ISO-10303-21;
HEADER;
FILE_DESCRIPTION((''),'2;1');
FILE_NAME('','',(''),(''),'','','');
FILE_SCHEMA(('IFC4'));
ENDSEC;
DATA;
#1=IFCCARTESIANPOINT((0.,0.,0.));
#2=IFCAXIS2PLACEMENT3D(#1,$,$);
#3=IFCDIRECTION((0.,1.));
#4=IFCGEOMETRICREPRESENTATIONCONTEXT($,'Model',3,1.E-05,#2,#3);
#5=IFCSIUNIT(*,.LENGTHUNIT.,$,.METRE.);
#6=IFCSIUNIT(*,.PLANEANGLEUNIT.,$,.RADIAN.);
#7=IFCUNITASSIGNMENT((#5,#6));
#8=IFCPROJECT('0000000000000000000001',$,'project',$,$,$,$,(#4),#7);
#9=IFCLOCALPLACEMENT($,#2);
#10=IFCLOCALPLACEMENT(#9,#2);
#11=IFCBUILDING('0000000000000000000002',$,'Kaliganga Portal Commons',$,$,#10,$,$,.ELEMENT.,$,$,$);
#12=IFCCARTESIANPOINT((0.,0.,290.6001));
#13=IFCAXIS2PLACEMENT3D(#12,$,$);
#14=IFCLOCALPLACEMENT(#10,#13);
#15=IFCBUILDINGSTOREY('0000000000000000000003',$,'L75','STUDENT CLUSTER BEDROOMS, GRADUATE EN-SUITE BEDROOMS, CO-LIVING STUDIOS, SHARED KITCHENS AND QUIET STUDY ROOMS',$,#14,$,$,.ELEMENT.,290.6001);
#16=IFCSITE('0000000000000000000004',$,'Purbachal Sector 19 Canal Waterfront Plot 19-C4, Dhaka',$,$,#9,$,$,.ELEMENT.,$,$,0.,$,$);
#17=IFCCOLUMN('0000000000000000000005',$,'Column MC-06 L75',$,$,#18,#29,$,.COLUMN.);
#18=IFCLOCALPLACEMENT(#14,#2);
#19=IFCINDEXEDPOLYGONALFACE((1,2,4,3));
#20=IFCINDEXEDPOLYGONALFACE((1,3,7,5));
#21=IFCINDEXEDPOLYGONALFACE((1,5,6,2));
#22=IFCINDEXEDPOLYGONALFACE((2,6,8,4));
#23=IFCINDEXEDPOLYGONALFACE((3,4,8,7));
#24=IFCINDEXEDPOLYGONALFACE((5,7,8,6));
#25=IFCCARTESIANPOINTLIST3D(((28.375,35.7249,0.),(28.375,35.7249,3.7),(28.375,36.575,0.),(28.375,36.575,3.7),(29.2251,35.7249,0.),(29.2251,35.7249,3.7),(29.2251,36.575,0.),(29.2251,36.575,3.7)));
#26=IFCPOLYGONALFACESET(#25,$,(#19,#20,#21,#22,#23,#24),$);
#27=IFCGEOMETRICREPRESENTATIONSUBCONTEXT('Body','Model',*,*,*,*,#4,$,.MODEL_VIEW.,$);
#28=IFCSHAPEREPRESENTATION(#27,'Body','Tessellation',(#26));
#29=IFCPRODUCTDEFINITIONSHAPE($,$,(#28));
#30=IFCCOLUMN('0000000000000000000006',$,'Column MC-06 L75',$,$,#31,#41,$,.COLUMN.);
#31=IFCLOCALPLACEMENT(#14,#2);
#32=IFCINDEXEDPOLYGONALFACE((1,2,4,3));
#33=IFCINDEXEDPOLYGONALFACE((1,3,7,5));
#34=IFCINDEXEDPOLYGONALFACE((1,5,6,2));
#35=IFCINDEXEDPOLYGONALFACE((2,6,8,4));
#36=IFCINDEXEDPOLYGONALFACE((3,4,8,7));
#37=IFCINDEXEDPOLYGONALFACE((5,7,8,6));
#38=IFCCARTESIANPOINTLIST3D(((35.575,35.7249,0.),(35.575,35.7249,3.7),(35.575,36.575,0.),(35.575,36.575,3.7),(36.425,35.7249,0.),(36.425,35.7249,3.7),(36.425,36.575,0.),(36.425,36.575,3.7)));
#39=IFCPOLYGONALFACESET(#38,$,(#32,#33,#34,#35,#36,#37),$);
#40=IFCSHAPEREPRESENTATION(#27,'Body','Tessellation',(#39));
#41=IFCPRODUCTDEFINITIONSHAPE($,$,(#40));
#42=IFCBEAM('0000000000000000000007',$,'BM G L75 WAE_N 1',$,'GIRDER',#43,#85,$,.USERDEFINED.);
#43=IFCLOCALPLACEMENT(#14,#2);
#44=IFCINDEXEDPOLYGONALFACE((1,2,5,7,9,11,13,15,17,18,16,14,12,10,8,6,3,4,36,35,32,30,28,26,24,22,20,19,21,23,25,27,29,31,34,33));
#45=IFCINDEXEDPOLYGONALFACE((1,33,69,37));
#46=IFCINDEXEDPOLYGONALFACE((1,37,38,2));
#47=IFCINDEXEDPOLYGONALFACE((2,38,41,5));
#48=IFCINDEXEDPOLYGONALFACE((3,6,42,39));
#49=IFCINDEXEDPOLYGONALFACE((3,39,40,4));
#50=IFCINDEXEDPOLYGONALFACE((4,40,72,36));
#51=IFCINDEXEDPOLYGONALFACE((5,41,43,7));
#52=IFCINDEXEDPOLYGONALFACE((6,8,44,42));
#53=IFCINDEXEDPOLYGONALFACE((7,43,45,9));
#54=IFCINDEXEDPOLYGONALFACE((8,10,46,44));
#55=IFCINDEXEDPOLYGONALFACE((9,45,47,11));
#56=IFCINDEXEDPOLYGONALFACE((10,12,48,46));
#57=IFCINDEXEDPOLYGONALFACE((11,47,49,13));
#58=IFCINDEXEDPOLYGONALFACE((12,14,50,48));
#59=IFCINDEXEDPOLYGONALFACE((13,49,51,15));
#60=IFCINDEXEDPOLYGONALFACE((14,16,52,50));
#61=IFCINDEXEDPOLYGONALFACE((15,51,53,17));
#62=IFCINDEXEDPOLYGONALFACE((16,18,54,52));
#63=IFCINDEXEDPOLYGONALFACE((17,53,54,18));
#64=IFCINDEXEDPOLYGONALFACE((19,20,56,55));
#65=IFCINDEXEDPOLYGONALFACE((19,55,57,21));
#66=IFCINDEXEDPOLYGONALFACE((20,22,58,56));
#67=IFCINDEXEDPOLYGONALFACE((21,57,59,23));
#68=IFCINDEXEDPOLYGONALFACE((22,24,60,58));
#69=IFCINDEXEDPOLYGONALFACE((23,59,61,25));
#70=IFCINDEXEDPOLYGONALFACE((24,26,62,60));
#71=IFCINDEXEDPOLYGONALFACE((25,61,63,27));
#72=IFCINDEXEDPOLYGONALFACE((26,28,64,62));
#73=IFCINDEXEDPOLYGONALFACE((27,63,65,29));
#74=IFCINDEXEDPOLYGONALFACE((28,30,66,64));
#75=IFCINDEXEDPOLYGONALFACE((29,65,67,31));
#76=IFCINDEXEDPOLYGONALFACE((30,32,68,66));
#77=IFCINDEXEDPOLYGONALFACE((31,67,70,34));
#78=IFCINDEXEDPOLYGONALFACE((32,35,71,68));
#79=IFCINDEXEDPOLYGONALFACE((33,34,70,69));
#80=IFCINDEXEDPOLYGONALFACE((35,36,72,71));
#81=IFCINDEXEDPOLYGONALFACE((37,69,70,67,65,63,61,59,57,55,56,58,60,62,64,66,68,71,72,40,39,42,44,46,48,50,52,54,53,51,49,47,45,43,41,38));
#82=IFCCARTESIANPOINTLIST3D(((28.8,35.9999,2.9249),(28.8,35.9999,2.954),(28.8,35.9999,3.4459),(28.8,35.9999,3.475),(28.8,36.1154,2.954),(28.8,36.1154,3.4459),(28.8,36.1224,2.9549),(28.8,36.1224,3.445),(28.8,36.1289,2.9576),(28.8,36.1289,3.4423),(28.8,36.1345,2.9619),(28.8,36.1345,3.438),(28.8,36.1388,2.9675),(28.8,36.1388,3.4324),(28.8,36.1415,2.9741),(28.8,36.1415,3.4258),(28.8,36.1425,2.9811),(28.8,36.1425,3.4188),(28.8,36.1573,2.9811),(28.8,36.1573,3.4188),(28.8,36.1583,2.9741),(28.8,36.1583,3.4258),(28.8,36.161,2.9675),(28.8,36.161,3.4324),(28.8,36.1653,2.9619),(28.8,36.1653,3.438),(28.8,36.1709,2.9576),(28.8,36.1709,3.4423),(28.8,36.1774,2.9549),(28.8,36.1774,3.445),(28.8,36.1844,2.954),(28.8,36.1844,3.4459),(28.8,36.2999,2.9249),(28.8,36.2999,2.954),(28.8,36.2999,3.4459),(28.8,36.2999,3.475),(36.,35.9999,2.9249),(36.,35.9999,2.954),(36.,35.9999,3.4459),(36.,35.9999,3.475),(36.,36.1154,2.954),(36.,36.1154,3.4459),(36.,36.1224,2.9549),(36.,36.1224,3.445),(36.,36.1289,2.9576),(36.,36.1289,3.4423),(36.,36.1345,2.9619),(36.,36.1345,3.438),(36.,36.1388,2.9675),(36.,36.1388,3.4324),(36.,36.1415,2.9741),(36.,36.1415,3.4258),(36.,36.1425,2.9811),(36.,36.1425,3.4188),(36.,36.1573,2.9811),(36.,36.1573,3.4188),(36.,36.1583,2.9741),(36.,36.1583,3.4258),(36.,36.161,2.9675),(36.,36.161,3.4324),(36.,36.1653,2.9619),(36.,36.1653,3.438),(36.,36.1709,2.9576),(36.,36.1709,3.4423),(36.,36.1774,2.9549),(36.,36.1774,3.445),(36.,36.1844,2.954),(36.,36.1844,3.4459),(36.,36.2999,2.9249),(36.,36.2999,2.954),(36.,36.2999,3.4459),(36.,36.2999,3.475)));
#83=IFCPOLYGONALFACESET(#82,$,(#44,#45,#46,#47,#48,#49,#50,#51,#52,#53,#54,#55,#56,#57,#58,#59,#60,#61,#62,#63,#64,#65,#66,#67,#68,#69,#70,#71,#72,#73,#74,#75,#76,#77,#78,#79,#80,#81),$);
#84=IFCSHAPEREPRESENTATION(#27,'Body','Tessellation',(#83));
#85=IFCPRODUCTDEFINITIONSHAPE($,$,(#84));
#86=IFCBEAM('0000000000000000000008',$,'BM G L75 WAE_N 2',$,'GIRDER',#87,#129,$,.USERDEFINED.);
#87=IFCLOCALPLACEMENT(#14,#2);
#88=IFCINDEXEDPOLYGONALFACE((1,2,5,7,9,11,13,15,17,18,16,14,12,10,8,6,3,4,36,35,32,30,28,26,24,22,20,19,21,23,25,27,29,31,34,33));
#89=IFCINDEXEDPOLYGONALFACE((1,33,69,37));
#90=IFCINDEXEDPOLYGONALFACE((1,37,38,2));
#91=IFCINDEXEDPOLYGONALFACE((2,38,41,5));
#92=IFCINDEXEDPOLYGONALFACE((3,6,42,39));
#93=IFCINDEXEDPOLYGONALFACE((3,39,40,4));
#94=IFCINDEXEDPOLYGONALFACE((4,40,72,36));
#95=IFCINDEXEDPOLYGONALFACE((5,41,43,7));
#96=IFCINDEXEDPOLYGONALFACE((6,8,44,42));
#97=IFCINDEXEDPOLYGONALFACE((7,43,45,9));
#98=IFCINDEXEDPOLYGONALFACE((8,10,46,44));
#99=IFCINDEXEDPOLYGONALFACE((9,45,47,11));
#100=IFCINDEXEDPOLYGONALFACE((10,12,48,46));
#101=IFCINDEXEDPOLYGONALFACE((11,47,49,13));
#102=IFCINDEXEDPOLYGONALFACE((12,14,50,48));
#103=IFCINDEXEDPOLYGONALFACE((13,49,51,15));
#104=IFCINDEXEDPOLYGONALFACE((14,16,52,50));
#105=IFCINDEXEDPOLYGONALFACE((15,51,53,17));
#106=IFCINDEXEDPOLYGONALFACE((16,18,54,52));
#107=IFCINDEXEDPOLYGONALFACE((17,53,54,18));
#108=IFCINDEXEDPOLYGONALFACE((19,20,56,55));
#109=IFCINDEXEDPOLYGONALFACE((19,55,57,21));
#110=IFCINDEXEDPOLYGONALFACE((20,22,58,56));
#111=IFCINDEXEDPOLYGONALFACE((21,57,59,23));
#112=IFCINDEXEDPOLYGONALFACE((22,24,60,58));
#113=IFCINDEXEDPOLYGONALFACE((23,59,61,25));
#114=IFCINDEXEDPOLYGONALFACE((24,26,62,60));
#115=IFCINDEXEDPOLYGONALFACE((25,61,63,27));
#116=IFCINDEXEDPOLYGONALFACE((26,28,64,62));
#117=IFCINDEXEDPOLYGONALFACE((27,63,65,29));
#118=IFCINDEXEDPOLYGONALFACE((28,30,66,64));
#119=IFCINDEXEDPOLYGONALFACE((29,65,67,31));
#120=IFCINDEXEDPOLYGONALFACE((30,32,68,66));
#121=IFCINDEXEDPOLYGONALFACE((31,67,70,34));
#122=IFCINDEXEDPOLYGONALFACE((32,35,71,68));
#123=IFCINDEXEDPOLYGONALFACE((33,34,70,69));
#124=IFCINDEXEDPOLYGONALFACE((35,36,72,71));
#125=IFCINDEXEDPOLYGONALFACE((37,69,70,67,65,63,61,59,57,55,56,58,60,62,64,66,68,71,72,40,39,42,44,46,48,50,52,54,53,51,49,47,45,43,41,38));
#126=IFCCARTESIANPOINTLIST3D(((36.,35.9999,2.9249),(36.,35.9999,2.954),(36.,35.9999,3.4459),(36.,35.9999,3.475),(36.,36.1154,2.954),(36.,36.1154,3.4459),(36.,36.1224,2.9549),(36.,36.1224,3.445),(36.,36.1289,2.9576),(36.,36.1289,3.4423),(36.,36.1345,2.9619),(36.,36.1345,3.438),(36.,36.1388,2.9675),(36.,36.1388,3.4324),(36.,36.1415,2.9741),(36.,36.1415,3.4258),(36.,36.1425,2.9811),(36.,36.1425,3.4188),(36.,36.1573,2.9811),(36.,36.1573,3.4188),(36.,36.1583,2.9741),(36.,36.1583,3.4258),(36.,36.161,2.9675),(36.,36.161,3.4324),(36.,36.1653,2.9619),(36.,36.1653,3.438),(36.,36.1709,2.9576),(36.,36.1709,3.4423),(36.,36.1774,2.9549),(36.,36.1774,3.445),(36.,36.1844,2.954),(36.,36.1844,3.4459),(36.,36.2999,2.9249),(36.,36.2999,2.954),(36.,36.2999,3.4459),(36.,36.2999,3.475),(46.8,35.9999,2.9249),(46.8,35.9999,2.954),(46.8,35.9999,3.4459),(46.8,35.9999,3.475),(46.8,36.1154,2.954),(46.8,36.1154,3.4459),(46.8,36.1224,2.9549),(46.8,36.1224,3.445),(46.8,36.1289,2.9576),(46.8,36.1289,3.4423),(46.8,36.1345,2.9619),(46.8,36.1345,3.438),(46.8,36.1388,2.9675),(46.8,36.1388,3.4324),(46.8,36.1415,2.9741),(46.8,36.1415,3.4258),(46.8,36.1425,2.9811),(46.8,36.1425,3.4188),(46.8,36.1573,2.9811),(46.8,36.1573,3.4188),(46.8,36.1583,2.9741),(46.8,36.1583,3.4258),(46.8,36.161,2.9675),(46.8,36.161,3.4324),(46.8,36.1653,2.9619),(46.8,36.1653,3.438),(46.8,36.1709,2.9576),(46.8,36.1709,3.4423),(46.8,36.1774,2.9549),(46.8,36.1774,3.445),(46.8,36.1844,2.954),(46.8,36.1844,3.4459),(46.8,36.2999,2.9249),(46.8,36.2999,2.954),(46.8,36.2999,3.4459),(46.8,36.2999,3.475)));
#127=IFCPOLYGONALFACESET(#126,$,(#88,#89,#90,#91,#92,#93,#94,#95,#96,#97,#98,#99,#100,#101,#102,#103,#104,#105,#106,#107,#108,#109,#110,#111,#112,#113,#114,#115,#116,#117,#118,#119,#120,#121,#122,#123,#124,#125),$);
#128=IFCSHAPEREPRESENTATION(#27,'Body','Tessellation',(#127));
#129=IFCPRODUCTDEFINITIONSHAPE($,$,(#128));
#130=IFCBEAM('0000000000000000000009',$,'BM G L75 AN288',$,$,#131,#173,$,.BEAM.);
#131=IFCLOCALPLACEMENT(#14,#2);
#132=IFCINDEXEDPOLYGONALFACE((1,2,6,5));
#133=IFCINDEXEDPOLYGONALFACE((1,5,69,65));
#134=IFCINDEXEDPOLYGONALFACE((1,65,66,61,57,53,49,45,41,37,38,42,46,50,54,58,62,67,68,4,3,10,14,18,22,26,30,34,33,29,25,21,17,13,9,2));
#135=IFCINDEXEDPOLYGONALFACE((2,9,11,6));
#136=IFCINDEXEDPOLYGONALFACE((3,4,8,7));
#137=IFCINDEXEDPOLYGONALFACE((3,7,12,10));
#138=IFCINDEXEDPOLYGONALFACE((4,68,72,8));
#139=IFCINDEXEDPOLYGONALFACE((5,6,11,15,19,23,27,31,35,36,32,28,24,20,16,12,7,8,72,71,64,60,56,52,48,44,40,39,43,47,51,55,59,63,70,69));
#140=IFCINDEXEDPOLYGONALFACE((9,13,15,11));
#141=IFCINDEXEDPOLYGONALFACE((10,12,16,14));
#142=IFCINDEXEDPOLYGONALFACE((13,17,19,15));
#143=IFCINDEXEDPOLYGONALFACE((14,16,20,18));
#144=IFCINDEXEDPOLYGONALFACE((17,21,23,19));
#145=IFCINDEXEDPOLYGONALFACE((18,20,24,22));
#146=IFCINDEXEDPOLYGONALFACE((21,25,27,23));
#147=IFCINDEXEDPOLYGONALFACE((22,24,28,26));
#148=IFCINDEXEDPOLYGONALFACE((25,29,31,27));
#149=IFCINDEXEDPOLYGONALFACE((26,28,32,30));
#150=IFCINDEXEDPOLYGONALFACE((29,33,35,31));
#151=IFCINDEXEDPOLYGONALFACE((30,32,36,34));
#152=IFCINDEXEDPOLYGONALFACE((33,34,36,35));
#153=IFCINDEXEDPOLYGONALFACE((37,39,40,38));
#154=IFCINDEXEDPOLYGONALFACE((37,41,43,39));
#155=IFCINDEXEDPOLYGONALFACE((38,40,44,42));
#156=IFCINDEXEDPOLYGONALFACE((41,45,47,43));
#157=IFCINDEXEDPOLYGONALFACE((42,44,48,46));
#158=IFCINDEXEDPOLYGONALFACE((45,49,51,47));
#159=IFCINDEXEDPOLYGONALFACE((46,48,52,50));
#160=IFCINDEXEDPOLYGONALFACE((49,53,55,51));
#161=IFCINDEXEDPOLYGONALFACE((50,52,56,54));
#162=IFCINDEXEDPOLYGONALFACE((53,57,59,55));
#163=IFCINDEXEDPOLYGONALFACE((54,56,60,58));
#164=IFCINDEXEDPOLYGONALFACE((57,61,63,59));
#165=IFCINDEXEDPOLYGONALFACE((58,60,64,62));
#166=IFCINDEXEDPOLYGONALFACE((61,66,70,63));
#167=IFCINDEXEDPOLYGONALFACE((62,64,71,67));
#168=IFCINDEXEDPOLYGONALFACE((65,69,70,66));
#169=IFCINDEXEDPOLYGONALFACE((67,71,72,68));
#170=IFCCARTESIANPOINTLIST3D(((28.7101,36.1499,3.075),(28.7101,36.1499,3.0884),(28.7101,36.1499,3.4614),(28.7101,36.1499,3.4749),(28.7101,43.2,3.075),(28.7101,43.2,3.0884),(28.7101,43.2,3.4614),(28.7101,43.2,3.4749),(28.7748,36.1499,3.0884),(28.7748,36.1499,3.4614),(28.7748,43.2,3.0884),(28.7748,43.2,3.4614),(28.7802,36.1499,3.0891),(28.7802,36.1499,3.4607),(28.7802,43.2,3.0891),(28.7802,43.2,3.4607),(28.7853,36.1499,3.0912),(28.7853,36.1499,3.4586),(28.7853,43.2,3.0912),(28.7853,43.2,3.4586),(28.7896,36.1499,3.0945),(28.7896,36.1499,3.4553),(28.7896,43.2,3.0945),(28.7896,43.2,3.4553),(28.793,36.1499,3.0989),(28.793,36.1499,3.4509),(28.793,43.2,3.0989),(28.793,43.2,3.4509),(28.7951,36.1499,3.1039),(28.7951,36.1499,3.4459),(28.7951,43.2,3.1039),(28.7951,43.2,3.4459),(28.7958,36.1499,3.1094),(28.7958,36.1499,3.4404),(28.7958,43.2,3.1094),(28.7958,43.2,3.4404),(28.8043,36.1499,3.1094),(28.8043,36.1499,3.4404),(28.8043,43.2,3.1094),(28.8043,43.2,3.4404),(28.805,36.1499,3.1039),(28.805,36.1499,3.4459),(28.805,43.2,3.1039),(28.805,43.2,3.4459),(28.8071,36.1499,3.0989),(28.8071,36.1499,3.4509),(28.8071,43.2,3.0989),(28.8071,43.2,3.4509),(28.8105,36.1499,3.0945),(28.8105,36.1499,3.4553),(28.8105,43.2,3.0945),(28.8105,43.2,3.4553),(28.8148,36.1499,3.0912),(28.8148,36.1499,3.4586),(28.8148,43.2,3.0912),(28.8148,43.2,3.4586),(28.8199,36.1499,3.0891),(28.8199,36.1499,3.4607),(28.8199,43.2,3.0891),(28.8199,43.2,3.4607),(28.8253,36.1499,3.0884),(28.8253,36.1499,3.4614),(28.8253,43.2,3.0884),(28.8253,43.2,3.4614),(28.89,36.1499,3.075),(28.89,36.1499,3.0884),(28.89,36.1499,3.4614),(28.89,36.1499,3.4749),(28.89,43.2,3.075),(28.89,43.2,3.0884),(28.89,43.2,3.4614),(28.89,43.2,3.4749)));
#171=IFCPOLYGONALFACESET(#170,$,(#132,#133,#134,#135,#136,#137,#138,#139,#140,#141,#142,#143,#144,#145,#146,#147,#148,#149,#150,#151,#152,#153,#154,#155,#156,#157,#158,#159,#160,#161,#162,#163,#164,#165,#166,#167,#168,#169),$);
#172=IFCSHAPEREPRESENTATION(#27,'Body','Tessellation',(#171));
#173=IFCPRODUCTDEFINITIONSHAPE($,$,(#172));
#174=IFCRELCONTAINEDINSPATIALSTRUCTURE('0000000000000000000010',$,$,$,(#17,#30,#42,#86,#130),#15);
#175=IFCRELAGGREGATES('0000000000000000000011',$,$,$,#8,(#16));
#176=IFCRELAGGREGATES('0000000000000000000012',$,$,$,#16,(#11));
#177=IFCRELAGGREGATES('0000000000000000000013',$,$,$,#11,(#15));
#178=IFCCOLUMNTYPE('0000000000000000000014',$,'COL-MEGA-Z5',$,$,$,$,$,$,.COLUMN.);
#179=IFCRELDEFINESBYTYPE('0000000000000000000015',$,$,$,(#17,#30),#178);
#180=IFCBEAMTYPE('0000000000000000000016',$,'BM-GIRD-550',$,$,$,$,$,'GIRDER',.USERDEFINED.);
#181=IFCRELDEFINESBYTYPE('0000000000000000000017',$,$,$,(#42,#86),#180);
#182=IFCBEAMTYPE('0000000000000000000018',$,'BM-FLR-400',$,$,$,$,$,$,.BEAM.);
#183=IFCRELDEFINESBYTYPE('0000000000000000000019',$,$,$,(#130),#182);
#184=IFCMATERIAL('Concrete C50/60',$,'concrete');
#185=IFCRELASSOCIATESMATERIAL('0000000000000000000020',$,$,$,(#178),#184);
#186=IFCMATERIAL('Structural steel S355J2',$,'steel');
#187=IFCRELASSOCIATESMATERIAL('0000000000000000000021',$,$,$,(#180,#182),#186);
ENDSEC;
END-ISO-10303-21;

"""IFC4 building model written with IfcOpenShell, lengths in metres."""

from ifc_helpers import new_model, si_unit, direction, frame, origin, origin_2d, place, context, subcontext, project, spatial, rectangle, i_section, extrude, source, transform, mapped, material, material_profile, profile_set, type_object, element, save


model = new_model("IFC4")

# Units and contexts
model_context = context("Model", 3, precision=1e-05, world=origin(), true_north=direction((0.0, 1.0)))
body_context = subcontext(model_context, "Body", "Model", "MODEL_VIEW")
ifc_project = project(units=[si_unit("LENGTHUNIT", "METRE"), si_unit("PLANEANGLEUNIT", "RADIAN")], contexts=[model_context])

# Site, building, storey
site_placement = place(None, origin())
site = spatial("IfcSite", under=ifc_project, at=site_placement, Name="Purbachal Sector 19 Canal Waterfront Plot 19-C4, Dhaka", CompositionType="ELEMENT", RefElevation=0.0)
building_placement = place(site_placement, origin())
building = spatial("IfcBuilding", under=site, at=building_placement, Name="Kaliganga Portal Commons", CompositionType="ELEMENT")
storey_placement = place(building_placement, frame((0.0, 0.0, 290.6001)))
storey = spatial("IfcBuildingStorey", under=building, at=storey_placement, Name="L75", Description="STUDENT CLUSTER BEDROOMS, GRADUATE EN-SUITE BEDROOMS, CO-LIVING STUDIOS, SHARED KITCHENS AND QUIET STUDY ROOMS", CompositionType="ELEMENT", Elevation=290.6001)

# Columns
ifc_material_1 = material(Name="Concrete C50/60", Category="concrete")
ifc_material_profile_1 = material_profile(ifc_material_1, rectangle(XDim=0.8501, YDim=0.8501, at=origin_2d()), Name="RC 850x850")
ifc_profile_set_1 = profile_set([ifc_material_profile_1], Name="Concrete C50/60")
column_type = type_object("IfcColumnType", Name="COL-MEGA-Z5", PredefinedType="COLUMN", material=ifc_profile_set_1)
shared_shape_1 = source(origin(), body_context, "Body", "SweptSolid", [
    extrude(rectangle(XDim=0.8501, YDim=0.8501, at=origin_2d()), origin(), (0.0, 0.0, 1.0), 3.7),
])
for number, where, z_axis, x_axis, name in (
    (1, (28.8, 36.1499, 0.0), (0.0, 0.0, 1.0), (1.0, 0.0, 0.0), "Column MC-06 L75"),
    (2, (36.0, 36.1499, 0.0), (0.0, 0.0, 1.0), (1.0, 0.0, 0.0), "Column MC-06 L75"),
):
    element("IfcColumn", number, at=place(storey_placement, frame(where, z_axis=z_axis, x_axis=x_axis)), inside=storey, type_object=column_type, Name=name, PredefinedType="COLUMN", context=body_context, shape_type="MappedRepresentation", body=[
        mapped(shared_shape_1, transform((0.0, 0.0, 0.0), x_axis=(1.0, 0.0, 0.0), y_axis=(0.0, 1.0, 0.0), z_axis=(0.0, 0.0, 1.0), scale=1.0)),
    ])

# Beams
ifc_material_2 = material(Name="Structural steel S355J2", Category="steel")
ifc_material_profile_2 = material_profile(ifc_material_2, i_section(OverallWidth=0.3, OverallDepth=0.55, WebThickness=0.0149, FlangeThickness=0.0291, FilletRadius=0.0271, at=origin_2d()), Name="HE 550 B")
ifc_profile_set_2 = profile_set([ifc_material_profile_2], Name="Structural steel S355J2 wide-flange")
beam_type_1 = type_object("IfcBeamType", Name="BM-GIRD-550", ElementType="GIRDER", PredefinedType="USERDEFINED", material=ifc_profile_set_2)
shared_shape_2 = source(origin(), body_context, "Body", "SweptSolid", [
    extrude(i_section(OverallWidth=0.3, OverallDepth=0.55, WebThickness=0.0149, FlangeThickness=0.0291, FilletRadius=0.0271, at=origin_2d()), origin(), (0.0, 0.0, 1.0), 7.2),
])
beam_1_placement = place(storey_placement, frame((28.8, 36.1499, 3.2), z_axis=(1.0, 0.0, 0.0), x_axis=(0.0, 1.0, 0.0)))
element("IfcBeam", 3, at=beam_1_placement, inside=storey, type_object=beam_type_1, Name="BM G L75 WAE_N 1", ObjectType="GIRDER", PredefinedType="USERDEFINED", context=body_context, shape_type="MappedRepresentation", body=[
    mapped(shared_shape_2, transform((0.0, 0.0, 0.0), x_axis=(1.0, 0.0, 0.0), y_axis=(0.0, 1.0, 0.0), z_axis=(0.0, 0.0, 1.0), scale=1.0)),
])
shared_shape_3 = source(origin(), body_context, "Body", "SweptSolid", [
    extrude(i_section(OverallWidth=0.3, OverallDepth=0.55, WebThickness=0.0149, FlangeThickness=0.0291, FilletRadius=0.0271, at=origin_2d()), origin(), (0.0, 0.0, 1.0), 10.8),
])
beam_2_placement = place(storey_placement, frame((36.0, 36.1499, 3.2), z_axis=(1.0, 0.0, 0.0), x_axis=(0.0, 1.0, 0.0)))
element("IfcBeam", 4, at=beam_2_placement, inside=storey, type_object=beam_type_1, Name="BM G L75 WAE_N 2", ObjectType="GIRDER", PredefinedType="USERDEFINED", context=body_context, shape_type="MappedRepresentation", body=[
    mapped(shared_shape_3, transform((0.0, 0.0, 0.0), x_axis=(1.0, 0.0, 0.0), y_axis=(0.0, 1.0, 0.0), z_axis=(0.0, 0.0, 1.0), scale=1.0)),
])
ifc_material_profile_3 = material_profile(ifc_material_2, i_section(OverallWidth=0.1799, OverallDepth=0.3999, WebThickness=0.0085, FlangeThickness=0.0134, FilletRadius=0.021, at=origin_2d()), Name="IPE 400")
ifc_profile_set_3 = profile_set([ifc_material_profile_3], Name="Structural steel S355J2 wide-flange")
beam_type_2 = type_object("IfcBeamType", Name="BM-FLR-400", PredefinedType="BEAM", material=ifc_profile_set_3)
shared_shape_4 = source(origin(), body_context, "Body", "SweptSolid", [
    extrude(i_section(OverallWidth=0.1799, OverallDepth=0.3999, WebThickness=0.0085, FlangeThickness=0.0134, FilletRadius=0.021, at=origin_2d()), origin(), (0.0, 0.0, 1.0), 7.05),
])
for number, where, z_axis, x_axis, name in (
    (5, (28.8, 36.1499, 3.2749), (0.0, 1.0, 0.0), (-1.0, 0.0, 0.0), "BM G L75 AN288"),
):
    element("IfcBeam", number, at=place(storey_placement, frame(where, z_axis=z_axis, x_axis=x_axis)), inside=storey, type_object=beam_type_2, Name=name, PredefinedType="BEAM", context=body_context, shape_type="MappedRepresentation", body=[
        mapped(shared_shape_4, transform((0.0, 0.0, 0.0), x_axis=(1.0, 0.0, 0.0), y_axis=(0.0, 1.0, 0.0), z_axis=(0.0, 0.0, 1.0), scale=1.0)),
    ])

save(model, "model.ifc")
